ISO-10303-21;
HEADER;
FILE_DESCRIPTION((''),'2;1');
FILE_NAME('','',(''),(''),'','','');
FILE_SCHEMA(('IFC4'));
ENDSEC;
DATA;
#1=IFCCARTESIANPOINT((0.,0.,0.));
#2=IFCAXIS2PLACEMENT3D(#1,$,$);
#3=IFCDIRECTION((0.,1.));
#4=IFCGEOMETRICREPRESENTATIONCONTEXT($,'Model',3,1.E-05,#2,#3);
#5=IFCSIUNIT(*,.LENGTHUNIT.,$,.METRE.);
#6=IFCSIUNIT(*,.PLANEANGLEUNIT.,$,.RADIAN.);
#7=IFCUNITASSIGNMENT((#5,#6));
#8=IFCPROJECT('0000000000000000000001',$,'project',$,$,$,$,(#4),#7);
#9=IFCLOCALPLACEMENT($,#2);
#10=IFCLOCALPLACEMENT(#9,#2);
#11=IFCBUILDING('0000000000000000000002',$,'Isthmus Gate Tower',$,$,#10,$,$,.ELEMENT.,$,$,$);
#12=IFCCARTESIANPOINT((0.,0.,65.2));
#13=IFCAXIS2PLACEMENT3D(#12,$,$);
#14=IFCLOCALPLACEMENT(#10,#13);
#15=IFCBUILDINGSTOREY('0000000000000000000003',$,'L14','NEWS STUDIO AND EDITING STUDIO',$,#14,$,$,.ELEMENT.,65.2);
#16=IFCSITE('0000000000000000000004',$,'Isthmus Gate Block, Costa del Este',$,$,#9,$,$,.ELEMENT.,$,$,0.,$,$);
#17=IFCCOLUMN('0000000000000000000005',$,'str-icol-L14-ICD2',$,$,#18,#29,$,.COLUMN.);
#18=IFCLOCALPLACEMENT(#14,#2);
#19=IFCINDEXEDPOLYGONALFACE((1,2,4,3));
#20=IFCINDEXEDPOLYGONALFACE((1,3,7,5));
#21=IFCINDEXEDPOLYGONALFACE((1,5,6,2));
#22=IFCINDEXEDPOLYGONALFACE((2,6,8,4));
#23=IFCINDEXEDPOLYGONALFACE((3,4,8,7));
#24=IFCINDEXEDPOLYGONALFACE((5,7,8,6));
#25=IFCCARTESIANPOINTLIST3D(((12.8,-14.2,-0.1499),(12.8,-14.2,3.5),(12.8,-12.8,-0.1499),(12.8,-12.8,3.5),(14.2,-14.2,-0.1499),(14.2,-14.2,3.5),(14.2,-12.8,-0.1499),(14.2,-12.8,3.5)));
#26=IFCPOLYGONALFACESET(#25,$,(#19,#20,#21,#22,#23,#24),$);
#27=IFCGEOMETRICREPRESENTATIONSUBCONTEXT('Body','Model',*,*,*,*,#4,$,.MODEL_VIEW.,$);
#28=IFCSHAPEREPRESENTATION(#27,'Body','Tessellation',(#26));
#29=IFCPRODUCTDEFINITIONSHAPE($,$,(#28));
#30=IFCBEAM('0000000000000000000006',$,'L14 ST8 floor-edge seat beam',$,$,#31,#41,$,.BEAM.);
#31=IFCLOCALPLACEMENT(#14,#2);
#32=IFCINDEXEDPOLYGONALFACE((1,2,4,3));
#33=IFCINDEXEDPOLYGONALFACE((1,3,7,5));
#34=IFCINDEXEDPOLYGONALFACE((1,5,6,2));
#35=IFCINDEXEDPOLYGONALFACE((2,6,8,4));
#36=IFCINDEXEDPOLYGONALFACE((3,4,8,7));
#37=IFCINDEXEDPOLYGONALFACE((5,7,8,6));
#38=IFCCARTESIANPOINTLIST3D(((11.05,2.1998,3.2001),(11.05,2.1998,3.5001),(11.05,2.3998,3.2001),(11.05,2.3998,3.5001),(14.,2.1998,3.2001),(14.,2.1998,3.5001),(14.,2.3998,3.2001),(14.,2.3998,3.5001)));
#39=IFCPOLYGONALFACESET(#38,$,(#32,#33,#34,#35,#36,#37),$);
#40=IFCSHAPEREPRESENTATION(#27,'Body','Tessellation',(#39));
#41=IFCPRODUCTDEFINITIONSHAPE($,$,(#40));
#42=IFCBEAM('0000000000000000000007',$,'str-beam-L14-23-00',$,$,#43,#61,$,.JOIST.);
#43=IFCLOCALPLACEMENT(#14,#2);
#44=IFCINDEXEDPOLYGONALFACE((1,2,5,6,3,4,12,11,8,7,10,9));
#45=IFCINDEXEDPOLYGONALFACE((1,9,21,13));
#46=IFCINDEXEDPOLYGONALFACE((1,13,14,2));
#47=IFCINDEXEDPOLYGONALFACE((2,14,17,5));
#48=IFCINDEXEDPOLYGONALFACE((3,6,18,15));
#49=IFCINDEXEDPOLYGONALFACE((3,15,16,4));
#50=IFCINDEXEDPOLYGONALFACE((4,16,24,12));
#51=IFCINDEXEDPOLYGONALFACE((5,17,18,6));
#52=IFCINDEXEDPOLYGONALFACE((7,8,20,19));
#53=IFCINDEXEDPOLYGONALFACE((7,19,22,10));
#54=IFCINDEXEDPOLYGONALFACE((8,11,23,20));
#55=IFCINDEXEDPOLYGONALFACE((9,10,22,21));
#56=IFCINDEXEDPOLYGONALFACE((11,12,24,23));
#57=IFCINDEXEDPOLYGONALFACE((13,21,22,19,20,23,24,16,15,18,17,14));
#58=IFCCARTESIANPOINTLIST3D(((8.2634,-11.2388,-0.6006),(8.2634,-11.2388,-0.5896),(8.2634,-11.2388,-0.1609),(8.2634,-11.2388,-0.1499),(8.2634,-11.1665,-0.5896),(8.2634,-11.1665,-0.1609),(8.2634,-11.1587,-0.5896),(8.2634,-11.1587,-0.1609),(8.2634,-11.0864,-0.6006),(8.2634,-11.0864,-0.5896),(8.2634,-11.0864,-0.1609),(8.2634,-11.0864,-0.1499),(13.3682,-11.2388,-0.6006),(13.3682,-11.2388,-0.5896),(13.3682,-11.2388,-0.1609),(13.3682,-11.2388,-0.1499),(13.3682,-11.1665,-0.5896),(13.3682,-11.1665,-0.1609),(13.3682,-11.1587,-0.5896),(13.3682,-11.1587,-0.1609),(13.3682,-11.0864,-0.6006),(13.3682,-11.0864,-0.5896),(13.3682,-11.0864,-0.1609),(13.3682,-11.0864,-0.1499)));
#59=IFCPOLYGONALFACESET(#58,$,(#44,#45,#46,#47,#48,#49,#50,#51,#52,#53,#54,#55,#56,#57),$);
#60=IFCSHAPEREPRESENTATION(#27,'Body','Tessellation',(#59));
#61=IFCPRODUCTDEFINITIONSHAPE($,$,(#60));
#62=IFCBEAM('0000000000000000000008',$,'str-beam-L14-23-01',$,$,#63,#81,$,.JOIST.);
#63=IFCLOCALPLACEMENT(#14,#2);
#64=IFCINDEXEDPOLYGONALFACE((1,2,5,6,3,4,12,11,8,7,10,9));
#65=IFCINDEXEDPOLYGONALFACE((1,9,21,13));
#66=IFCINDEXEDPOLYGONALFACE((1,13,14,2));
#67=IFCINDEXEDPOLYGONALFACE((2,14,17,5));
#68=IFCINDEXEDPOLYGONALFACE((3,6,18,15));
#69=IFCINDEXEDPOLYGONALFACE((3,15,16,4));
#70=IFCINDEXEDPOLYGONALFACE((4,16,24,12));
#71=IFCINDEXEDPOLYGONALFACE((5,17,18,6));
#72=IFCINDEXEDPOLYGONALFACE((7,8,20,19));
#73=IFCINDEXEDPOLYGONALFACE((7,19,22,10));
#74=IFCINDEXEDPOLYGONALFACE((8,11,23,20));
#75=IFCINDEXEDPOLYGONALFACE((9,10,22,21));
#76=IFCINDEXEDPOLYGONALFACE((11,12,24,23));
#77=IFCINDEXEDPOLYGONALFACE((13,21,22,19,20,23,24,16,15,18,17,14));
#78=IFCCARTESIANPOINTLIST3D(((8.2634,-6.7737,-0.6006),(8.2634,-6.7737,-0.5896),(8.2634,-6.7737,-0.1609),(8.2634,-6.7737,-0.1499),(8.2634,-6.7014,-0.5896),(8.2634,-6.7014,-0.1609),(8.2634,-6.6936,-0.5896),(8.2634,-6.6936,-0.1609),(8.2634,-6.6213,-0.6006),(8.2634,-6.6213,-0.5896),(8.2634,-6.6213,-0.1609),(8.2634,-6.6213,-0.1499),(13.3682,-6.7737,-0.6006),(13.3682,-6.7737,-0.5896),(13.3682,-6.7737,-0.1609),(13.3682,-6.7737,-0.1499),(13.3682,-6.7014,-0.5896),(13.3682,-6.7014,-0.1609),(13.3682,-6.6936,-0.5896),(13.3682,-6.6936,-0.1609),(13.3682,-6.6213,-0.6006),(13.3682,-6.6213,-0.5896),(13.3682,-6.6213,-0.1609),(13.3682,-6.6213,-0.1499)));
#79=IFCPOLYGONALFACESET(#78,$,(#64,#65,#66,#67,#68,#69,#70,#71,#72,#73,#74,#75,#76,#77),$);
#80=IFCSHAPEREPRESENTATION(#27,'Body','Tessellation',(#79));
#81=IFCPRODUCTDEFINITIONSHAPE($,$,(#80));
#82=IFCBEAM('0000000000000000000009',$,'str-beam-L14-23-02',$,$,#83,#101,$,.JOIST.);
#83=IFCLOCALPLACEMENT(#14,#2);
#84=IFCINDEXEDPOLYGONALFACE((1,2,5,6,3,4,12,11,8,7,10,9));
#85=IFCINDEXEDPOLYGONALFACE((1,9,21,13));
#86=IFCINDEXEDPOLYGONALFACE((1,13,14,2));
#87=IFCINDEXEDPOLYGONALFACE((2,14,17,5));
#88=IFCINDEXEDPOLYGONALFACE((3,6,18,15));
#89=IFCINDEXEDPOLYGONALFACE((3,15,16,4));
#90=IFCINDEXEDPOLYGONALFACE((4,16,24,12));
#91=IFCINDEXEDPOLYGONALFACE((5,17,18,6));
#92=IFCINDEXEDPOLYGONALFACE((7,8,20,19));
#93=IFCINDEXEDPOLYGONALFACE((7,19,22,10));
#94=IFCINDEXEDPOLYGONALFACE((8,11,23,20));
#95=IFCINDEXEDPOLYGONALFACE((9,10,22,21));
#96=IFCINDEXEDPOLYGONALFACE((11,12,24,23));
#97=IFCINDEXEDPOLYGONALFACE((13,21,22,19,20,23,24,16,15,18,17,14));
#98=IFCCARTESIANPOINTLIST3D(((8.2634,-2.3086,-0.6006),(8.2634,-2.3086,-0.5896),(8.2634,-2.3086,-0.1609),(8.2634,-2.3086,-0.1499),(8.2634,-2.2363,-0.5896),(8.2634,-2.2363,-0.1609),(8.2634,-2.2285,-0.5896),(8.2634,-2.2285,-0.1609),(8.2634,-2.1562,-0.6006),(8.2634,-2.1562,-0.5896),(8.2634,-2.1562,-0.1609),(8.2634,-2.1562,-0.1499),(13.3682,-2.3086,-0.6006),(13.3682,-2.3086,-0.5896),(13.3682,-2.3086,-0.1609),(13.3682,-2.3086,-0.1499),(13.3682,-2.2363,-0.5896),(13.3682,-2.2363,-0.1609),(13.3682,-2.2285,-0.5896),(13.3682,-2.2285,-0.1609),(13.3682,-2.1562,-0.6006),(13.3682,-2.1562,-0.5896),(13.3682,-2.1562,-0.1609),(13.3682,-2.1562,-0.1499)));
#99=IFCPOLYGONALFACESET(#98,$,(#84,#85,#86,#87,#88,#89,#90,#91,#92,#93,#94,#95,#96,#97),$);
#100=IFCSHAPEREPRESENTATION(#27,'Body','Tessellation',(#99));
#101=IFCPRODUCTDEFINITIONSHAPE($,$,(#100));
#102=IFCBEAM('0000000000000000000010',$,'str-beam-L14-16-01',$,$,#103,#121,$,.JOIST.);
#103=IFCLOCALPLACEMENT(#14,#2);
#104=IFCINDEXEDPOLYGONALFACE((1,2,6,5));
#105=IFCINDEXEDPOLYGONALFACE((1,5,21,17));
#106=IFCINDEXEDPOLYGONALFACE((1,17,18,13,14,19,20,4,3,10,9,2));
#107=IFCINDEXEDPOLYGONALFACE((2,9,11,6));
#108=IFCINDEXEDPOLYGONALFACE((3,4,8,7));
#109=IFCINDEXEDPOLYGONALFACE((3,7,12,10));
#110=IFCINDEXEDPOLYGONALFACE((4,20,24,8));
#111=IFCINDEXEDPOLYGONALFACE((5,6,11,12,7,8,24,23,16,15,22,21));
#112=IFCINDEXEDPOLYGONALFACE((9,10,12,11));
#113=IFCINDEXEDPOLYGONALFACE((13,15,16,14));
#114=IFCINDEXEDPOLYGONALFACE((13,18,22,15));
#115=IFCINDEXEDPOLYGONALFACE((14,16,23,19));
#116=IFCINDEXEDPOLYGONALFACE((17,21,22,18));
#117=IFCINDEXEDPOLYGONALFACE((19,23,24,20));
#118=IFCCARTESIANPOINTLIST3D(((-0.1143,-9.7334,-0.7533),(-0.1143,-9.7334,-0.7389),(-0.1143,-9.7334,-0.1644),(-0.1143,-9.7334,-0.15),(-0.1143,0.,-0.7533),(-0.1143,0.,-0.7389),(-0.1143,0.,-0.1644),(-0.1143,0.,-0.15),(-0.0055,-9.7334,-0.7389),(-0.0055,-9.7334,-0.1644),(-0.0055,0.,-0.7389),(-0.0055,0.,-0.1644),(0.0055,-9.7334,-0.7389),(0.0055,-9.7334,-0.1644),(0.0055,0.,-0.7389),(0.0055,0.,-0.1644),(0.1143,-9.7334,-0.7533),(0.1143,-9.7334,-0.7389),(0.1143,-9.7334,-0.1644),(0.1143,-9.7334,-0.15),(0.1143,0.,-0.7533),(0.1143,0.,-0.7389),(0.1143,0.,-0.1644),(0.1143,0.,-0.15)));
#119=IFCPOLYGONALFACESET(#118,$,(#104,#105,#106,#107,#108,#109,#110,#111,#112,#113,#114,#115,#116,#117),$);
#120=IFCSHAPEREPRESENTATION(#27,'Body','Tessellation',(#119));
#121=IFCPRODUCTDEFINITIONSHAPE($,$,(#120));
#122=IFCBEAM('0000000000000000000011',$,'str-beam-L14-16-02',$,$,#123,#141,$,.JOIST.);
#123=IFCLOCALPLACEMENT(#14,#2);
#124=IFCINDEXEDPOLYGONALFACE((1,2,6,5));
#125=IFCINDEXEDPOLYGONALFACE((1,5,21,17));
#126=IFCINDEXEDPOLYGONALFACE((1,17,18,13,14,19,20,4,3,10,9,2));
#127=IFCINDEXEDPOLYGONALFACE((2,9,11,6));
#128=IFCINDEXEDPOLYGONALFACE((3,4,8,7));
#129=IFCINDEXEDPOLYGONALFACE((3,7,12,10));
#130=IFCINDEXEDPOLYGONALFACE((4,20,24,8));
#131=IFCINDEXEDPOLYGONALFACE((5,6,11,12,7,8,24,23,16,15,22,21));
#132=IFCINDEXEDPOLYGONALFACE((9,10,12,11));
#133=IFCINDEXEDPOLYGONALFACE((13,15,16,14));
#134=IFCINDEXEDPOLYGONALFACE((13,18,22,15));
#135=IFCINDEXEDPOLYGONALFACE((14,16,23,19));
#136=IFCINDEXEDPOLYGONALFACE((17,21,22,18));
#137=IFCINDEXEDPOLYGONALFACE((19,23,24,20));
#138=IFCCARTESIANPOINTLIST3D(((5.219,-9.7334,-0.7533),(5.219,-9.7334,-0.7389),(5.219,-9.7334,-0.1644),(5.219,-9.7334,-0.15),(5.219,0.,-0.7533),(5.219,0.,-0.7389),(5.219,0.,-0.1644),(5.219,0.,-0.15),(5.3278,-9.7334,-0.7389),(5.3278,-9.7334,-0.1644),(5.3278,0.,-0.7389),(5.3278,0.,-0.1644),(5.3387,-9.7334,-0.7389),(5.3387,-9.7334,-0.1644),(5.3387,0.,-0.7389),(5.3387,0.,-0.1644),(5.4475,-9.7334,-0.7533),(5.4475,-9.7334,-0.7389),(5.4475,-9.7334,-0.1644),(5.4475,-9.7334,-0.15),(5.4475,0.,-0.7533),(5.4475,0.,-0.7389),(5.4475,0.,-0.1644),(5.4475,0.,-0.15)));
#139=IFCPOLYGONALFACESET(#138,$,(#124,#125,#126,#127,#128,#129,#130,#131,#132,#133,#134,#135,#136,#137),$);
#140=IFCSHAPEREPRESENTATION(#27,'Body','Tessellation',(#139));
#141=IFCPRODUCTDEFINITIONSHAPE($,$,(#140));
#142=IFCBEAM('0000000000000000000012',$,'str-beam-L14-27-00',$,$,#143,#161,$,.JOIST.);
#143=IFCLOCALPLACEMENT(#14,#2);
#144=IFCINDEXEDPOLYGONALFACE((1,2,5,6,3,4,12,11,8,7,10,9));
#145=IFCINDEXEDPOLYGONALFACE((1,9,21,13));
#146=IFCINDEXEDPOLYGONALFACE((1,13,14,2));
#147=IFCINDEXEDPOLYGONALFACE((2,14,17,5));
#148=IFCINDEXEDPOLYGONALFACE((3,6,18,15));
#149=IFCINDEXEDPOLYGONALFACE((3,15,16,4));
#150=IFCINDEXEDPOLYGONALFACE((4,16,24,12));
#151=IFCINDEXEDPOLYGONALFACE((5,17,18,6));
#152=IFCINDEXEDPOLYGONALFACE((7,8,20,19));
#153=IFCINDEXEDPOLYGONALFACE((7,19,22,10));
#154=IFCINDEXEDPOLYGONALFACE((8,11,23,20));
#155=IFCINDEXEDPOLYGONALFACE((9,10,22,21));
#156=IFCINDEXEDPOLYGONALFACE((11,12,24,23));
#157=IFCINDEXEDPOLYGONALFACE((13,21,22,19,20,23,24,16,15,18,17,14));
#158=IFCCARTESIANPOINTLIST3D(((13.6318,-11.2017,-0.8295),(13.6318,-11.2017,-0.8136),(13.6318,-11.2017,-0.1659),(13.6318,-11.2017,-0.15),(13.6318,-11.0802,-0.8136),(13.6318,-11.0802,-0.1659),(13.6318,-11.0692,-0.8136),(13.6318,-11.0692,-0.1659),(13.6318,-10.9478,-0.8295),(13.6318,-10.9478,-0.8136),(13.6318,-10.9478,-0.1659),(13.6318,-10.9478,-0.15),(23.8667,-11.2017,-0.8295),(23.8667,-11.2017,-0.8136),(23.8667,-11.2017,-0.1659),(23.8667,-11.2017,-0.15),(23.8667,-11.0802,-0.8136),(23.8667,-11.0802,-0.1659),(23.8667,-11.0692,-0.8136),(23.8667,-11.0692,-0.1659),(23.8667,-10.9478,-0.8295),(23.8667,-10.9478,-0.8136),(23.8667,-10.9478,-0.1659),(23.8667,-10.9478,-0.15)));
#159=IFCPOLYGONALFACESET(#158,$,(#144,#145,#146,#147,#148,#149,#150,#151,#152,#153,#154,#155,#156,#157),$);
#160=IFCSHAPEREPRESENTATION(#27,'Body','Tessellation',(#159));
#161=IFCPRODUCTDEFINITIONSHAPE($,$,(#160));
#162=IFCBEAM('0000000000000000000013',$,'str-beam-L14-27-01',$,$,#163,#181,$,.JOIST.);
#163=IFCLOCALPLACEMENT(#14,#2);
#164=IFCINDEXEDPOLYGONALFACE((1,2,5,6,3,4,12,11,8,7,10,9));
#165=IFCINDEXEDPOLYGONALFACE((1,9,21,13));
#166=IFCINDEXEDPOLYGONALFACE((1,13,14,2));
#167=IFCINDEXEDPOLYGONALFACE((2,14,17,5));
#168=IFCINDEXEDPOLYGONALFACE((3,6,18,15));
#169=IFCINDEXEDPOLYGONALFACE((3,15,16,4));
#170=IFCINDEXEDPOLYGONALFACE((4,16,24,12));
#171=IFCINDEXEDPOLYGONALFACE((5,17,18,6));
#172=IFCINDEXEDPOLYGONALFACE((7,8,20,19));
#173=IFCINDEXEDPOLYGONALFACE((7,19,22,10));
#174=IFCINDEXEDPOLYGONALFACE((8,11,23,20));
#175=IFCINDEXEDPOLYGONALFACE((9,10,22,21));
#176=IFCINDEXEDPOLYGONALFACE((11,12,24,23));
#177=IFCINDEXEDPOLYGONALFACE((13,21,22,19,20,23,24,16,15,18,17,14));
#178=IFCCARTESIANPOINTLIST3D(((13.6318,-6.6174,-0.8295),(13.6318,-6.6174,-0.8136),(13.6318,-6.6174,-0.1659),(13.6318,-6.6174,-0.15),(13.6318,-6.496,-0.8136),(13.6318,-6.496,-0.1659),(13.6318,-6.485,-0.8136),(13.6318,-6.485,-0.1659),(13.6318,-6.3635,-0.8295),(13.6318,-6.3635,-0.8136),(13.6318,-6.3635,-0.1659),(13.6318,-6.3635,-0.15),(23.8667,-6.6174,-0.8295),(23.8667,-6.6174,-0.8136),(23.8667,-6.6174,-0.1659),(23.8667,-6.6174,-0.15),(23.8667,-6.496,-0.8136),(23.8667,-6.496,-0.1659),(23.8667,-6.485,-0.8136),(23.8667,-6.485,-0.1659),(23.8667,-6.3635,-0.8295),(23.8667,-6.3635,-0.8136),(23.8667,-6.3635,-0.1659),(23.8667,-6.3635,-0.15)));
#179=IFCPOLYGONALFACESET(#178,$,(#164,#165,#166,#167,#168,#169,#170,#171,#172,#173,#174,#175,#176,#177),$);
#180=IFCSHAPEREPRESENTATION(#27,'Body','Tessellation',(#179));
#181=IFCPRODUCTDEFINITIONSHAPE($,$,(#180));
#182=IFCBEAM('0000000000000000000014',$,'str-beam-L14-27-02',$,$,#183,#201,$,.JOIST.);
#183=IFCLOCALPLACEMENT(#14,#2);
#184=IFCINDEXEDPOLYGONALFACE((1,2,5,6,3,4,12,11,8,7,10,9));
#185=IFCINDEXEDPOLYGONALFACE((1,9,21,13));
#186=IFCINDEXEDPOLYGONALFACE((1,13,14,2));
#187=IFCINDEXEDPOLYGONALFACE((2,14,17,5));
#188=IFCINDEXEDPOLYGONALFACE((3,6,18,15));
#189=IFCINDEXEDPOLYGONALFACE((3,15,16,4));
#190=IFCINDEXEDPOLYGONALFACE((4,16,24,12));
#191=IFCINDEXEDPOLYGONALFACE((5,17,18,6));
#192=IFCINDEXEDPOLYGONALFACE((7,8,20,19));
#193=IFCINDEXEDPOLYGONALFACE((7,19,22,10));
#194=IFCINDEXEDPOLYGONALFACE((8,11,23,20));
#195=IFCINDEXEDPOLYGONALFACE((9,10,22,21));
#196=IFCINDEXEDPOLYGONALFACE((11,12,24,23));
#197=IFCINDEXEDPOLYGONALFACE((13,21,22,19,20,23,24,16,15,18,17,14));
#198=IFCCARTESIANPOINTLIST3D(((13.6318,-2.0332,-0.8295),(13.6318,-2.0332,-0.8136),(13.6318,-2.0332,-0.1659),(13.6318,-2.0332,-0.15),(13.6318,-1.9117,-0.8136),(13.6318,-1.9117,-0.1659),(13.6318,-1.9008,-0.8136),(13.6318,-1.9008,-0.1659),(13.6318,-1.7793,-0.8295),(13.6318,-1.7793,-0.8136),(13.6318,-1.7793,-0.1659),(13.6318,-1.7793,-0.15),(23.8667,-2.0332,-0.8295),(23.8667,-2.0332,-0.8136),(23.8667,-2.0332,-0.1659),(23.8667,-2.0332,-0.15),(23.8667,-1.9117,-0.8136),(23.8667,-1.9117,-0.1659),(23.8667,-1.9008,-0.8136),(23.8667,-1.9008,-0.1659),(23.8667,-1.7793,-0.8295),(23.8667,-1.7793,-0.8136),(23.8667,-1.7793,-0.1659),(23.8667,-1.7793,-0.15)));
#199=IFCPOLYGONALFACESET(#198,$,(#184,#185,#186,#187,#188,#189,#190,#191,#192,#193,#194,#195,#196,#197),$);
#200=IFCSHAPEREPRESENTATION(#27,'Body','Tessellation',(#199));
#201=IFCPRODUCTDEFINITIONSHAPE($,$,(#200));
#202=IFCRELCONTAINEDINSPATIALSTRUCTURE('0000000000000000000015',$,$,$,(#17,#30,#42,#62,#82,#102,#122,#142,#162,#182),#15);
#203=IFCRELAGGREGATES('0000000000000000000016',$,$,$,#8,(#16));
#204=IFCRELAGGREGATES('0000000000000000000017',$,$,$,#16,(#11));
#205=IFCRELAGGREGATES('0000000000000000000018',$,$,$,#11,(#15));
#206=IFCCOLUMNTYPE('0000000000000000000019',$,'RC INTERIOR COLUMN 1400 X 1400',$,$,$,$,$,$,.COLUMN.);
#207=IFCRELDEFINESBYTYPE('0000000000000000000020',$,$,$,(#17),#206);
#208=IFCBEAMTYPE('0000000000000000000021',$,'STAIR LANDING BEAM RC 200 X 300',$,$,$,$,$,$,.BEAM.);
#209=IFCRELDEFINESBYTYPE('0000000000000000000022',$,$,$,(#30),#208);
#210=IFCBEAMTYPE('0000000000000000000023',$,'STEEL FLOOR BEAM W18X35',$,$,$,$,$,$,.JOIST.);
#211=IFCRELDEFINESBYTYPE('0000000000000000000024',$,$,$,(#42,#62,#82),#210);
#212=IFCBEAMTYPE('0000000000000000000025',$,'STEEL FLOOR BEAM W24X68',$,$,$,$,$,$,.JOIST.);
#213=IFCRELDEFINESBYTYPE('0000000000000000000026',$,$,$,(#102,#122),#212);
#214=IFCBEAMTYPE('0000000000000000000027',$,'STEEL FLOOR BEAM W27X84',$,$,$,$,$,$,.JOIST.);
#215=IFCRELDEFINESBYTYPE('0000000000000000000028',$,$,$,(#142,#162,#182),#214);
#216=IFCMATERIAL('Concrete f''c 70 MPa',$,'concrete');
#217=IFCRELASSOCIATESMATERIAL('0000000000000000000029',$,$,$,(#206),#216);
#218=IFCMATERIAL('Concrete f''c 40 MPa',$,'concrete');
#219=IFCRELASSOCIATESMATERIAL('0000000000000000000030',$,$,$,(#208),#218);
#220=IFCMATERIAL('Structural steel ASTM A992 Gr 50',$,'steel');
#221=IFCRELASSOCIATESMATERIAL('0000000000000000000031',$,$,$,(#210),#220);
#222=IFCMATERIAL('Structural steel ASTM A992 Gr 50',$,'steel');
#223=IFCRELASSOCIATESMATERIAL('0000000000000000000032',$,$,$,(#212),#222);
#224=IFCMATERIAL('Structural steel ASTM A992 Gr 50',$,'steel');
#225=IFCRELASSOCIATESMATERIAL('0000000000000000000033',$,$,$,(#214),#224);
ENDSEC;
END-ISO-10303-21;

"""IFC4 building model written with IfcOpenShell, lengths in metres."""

from ifc_helpers import new_model, si_unit, direction, frame, origin, origin_2d, place, context, subcontext, project, spatial, rectangle, i_section, extrude, material, material_profile, profile_set, type_object, element, save


model = new_model("IFC4")

# Units and contexts
model_context = context("Model", 3, precision=1e-05, world=origin(), true_north=direction((0.0, 1.0)))
body_context = subcontext(model_context, "Body", "Model", "MODEL_VIEW")
ifc_project = project(units=[si_unit("LENGTHUNIT", "METRE"), si_unit("PLANEANGLEUNIT", "RADIAN")], contexts=[model_context])

# Site, building, storey
site_placement = place(None, origin())
site = spatial("IfcSite", under=ifc_project, at=site_placement, Name="Isthmus Gate Block, Costa del Este", CompositionType="ELEMENT", RefElevation=0.0)
building_placement = place(site_placement, origin())
building = spatial("IfcBuilding", under=site, at=building_placement, Name="Isthmus Gate Tower", CompositionType="ELEMENT")
storey_placement = place(building_placement, frame((0.0, 0.0, 65.2)))
storey = spatial("IfcBuildingStorey", under=building, at=storey_placement, Name="L14", Description="NEWS STUDIO AND EDITING STUDIO", CompositionType="ELEMENT", Elevation=65.2)

# Column
ifc_material_1 = material(Name="Concrete f'c 70 MPa", Category="concrete")
ifc_material_profile_1 = material_profile(ifc_material_1, rectangle(XDim=1.3999, YDim=1.3999, at=origin_2d()), Name="RC 1400X1400")
ifc_profile_set_1 = profile_set([ifc_material_profile_1], Name="Concrete f'c 70 MPa")
column_type = type_object("IfcColumnType", Name="RC INTERIOR COLUMN 1400 X 1400", PredefinedType="COLUMN", material=ifc_profile_set_1)
column_placement = place(storey_placement, frame((13.5, -13.5, -0.1499), z_axis=(0.0, 0.0, 1.0), x_axis=(1.0, 0.0, 0.0)))
element("IfcColumn", 1, at=column_placement, inside=storey, type_object=column_type, Name="str-icol-L14-ICD2", PredefinedType="COLUMN", context=body_context, shape_type="SweptSolid", body=[
    extrude(rectangle(XDim=1.3999, YDim=1.3999, at=origin_2d()), origin(), (0.0, 0.0, 1.0), 3.6499),
])

# Beams
ifc_material_2 = material(Name="Concrete f'c 40 MPa", Category="concrete")
ifc_material_profile_2 = material_profile(ifc_material_2, rectangle(XDim=0.2, YDim=0.3, at=origin_2d()), Name="STAIR LANDING BEAM RC 200 X 300")
ifc_profile_set_2 = profile_set([ifc_material_profile_2], Name="Concrete f'c 40 MPa")
beam_type_1 = type_object("IfcBeamType", Name="STAIR LANDING BEAM RC 200 X 300", PredefinedType="BEAM", material=ifc_profile_set_2)
beam_1_placement = place(storey_placement, frame((11.05, 2.2998, 3.3501), z_axis=(1.0, 0.0, 0.0), x_axis=(0.0, 1.0, 0.0)))
element("IfcBeam", 2, at=beam_1_placement, inside=storey, type_object=beam_type_1, Name="L14 ST8 floor-edge seat beam", PredefinedType="BEAM", context=body_context, shape_type="SweptSolid", body=[
    extrude(rectangle(XDim=0.2, YDim=0.3, at=origin_2d()), origin(), (0.0, 0.0, 1.0), 2.95),
])
ifc_material_3 = material(Name="Structural steel ASTM A992 Gr 50", Category="steel")
ifc_material_profile_3 = material_profile(ifc_material_3, i_section(OverallWidth=0.1523, OverallDepth=0.4507, WebThickness=0.0078, FlangeThickness=0.011, at=origin_2d()), Name="W18X35")
ifc_profile_set_3 = profile_set([ifc_material_profile_3], Name="Structural steel ASTM A992 Gr 50")
beam_type_2 = type_object("IfcBeamType", Name="STEEL FLOOR BEAM W18X35", PredefinedType="JOIST", material=ifc_profile_set_3)
for number, where, z_axis, x_axis, name in (
    (3, (8.2634, -11.1626, -0.3752), (1.0, 0.0, 0.0), (0.0, 1.0, 0.0), "str-beam-L14-23-00"),
    (4, (8.2634, -6.6975, -0.3752), (1.0, 0.0, 0.0), (0.0, 1.0, 0.0), "str-beam-L14-23-01"),
    (5, (8.2634, -2.2324, -0.3752), (1.0, 0.0, 0.0), (0.0, 1.0, 0.0), "str-beam-L14-23-02"),
):
    element("IfcBeam", number, at=place(storey_placement, frame(where, z_axis=z_axis, x_axis=x_axis)), inside=storey, type_object=beam_type_2, Name=name, PredefinedType="JOIST", context=body_context, shape_type="SweptSolid", body=[
        extrude(i_section(OverallWidth=0.1523, OverallDepth=0.4507, WebThickness=0.0078, FlangeThickness=0.011, at=origin_2d()), origin(), (0.0, 0.0, 1.0), 5.1047),
    ])
ifc_material_4 = material(Name="Structural steel ASTM A992 Gr 50", Category="steel")
ifc_material_profile_4 = material_profile(ifc_material_4, i_section(OverallWidth=0.2285, OverallDepth=0.6033, WebThickness=0.011, FlangeThickness=0.0144, at=origin_2d()), Name="W24X68")
ifc_profile_set_4 = profile_set([ifc_material_profile_4], Name="Structural steel ASTM A992 Gr 50")
beam_type_3 = type_object("IfcBeamType", Name="STEEL FLOOR BEAM W24X68", PredefinedType="JOIST", material=ifc_profile_set_4)
for number, where, z_axis, x_axis, name in (
    (6, (0.0, -9.7334, -0.4517), (0.0, 1.0, 0.0), (-1.0, 0.0, 0.0), "str-beam-L14-16-01"),
    (7, (5.3333, -9.7334, -0.4517), (0.0, 1.0, 0.0), (-1.0, 0.0, 0.0), "str-beam-L14-16-02"),
):
    element("IfcBeam", number, at=place(storey_placement, frame(where, z_axis=z_axis, x_axis=x_axis)), inside=storey, type_object=beam_type_3, Name=name, PredefinedType="JOIST", context=body_context, shape_type="SweptSolid", body=[
        extrude(i_section(OverallWidth=0.2285, OverallDepth=0.6033, WebThickness=0.011, FlangeThickness=0.0144, at=origin_2d()), origin(), (0.0, 0.0, 1.0), 9.7334),
    ])
ifc_material_5 = material(Name="Structural steel ASTM A992 Gr 50", Category="steel")
ifc_material_profile_5 = material_profile(ifc_material_5, i_section(OverallWidth=0.2539, OverallDepth=0.6794, WebThickness=0.011, FlangeThickness=0.0159, at=origin_2d()), Name="W27X84")
ifc_profile_set_5 = profile_set([ifc_material_profile_5], Name="Structural steel ASTM A992 Gr 50")
beam_type_4 = type_object("IfcBeamType", Name="STEEL FLOOR BEAM W27X84", PredefinedType="JOIST", material=ifc_profile_set_5)
for number, where, z_axis, x_axis, name in (
    (8, (13.6318, -11.0747, -0.4897), (1.0, 0.0, 0.0), (0.0, 1.0, 0.0), "str-beam-L14-27-00"),
    (9, (13.6318, -6.4905, -0.4897), (1.0, 0.0, 0.0), (0.0, 1.0, 0.0), "str-beam-L14-27-01"),
    (10, (13.6318, -1.9062, -0.4897), (1.0, 0.0, 0.0), (0.0, 1.0, 0.0), "str-beam-L14-27-02"),
):
    element("IfcBeam", number, at=place(storey_placement, frame(where, z_axis=z_axis, x_axis=x_axis)), inside=storey, type_object=beam_type_4, Name=name, PredefinedType="JOIST", context=body_context, shape_type="SweptSolid", body=[
        extrude(i_section(OverallWidth=0.2539, OverallDepth=0.6794, WebThickness=0.011, FlangeThickness=0.0159, at=origin_2d()), origin(), (0.0, 0.0, 1.0), 10.2349),
    ])

save(model, "model.ifc")
